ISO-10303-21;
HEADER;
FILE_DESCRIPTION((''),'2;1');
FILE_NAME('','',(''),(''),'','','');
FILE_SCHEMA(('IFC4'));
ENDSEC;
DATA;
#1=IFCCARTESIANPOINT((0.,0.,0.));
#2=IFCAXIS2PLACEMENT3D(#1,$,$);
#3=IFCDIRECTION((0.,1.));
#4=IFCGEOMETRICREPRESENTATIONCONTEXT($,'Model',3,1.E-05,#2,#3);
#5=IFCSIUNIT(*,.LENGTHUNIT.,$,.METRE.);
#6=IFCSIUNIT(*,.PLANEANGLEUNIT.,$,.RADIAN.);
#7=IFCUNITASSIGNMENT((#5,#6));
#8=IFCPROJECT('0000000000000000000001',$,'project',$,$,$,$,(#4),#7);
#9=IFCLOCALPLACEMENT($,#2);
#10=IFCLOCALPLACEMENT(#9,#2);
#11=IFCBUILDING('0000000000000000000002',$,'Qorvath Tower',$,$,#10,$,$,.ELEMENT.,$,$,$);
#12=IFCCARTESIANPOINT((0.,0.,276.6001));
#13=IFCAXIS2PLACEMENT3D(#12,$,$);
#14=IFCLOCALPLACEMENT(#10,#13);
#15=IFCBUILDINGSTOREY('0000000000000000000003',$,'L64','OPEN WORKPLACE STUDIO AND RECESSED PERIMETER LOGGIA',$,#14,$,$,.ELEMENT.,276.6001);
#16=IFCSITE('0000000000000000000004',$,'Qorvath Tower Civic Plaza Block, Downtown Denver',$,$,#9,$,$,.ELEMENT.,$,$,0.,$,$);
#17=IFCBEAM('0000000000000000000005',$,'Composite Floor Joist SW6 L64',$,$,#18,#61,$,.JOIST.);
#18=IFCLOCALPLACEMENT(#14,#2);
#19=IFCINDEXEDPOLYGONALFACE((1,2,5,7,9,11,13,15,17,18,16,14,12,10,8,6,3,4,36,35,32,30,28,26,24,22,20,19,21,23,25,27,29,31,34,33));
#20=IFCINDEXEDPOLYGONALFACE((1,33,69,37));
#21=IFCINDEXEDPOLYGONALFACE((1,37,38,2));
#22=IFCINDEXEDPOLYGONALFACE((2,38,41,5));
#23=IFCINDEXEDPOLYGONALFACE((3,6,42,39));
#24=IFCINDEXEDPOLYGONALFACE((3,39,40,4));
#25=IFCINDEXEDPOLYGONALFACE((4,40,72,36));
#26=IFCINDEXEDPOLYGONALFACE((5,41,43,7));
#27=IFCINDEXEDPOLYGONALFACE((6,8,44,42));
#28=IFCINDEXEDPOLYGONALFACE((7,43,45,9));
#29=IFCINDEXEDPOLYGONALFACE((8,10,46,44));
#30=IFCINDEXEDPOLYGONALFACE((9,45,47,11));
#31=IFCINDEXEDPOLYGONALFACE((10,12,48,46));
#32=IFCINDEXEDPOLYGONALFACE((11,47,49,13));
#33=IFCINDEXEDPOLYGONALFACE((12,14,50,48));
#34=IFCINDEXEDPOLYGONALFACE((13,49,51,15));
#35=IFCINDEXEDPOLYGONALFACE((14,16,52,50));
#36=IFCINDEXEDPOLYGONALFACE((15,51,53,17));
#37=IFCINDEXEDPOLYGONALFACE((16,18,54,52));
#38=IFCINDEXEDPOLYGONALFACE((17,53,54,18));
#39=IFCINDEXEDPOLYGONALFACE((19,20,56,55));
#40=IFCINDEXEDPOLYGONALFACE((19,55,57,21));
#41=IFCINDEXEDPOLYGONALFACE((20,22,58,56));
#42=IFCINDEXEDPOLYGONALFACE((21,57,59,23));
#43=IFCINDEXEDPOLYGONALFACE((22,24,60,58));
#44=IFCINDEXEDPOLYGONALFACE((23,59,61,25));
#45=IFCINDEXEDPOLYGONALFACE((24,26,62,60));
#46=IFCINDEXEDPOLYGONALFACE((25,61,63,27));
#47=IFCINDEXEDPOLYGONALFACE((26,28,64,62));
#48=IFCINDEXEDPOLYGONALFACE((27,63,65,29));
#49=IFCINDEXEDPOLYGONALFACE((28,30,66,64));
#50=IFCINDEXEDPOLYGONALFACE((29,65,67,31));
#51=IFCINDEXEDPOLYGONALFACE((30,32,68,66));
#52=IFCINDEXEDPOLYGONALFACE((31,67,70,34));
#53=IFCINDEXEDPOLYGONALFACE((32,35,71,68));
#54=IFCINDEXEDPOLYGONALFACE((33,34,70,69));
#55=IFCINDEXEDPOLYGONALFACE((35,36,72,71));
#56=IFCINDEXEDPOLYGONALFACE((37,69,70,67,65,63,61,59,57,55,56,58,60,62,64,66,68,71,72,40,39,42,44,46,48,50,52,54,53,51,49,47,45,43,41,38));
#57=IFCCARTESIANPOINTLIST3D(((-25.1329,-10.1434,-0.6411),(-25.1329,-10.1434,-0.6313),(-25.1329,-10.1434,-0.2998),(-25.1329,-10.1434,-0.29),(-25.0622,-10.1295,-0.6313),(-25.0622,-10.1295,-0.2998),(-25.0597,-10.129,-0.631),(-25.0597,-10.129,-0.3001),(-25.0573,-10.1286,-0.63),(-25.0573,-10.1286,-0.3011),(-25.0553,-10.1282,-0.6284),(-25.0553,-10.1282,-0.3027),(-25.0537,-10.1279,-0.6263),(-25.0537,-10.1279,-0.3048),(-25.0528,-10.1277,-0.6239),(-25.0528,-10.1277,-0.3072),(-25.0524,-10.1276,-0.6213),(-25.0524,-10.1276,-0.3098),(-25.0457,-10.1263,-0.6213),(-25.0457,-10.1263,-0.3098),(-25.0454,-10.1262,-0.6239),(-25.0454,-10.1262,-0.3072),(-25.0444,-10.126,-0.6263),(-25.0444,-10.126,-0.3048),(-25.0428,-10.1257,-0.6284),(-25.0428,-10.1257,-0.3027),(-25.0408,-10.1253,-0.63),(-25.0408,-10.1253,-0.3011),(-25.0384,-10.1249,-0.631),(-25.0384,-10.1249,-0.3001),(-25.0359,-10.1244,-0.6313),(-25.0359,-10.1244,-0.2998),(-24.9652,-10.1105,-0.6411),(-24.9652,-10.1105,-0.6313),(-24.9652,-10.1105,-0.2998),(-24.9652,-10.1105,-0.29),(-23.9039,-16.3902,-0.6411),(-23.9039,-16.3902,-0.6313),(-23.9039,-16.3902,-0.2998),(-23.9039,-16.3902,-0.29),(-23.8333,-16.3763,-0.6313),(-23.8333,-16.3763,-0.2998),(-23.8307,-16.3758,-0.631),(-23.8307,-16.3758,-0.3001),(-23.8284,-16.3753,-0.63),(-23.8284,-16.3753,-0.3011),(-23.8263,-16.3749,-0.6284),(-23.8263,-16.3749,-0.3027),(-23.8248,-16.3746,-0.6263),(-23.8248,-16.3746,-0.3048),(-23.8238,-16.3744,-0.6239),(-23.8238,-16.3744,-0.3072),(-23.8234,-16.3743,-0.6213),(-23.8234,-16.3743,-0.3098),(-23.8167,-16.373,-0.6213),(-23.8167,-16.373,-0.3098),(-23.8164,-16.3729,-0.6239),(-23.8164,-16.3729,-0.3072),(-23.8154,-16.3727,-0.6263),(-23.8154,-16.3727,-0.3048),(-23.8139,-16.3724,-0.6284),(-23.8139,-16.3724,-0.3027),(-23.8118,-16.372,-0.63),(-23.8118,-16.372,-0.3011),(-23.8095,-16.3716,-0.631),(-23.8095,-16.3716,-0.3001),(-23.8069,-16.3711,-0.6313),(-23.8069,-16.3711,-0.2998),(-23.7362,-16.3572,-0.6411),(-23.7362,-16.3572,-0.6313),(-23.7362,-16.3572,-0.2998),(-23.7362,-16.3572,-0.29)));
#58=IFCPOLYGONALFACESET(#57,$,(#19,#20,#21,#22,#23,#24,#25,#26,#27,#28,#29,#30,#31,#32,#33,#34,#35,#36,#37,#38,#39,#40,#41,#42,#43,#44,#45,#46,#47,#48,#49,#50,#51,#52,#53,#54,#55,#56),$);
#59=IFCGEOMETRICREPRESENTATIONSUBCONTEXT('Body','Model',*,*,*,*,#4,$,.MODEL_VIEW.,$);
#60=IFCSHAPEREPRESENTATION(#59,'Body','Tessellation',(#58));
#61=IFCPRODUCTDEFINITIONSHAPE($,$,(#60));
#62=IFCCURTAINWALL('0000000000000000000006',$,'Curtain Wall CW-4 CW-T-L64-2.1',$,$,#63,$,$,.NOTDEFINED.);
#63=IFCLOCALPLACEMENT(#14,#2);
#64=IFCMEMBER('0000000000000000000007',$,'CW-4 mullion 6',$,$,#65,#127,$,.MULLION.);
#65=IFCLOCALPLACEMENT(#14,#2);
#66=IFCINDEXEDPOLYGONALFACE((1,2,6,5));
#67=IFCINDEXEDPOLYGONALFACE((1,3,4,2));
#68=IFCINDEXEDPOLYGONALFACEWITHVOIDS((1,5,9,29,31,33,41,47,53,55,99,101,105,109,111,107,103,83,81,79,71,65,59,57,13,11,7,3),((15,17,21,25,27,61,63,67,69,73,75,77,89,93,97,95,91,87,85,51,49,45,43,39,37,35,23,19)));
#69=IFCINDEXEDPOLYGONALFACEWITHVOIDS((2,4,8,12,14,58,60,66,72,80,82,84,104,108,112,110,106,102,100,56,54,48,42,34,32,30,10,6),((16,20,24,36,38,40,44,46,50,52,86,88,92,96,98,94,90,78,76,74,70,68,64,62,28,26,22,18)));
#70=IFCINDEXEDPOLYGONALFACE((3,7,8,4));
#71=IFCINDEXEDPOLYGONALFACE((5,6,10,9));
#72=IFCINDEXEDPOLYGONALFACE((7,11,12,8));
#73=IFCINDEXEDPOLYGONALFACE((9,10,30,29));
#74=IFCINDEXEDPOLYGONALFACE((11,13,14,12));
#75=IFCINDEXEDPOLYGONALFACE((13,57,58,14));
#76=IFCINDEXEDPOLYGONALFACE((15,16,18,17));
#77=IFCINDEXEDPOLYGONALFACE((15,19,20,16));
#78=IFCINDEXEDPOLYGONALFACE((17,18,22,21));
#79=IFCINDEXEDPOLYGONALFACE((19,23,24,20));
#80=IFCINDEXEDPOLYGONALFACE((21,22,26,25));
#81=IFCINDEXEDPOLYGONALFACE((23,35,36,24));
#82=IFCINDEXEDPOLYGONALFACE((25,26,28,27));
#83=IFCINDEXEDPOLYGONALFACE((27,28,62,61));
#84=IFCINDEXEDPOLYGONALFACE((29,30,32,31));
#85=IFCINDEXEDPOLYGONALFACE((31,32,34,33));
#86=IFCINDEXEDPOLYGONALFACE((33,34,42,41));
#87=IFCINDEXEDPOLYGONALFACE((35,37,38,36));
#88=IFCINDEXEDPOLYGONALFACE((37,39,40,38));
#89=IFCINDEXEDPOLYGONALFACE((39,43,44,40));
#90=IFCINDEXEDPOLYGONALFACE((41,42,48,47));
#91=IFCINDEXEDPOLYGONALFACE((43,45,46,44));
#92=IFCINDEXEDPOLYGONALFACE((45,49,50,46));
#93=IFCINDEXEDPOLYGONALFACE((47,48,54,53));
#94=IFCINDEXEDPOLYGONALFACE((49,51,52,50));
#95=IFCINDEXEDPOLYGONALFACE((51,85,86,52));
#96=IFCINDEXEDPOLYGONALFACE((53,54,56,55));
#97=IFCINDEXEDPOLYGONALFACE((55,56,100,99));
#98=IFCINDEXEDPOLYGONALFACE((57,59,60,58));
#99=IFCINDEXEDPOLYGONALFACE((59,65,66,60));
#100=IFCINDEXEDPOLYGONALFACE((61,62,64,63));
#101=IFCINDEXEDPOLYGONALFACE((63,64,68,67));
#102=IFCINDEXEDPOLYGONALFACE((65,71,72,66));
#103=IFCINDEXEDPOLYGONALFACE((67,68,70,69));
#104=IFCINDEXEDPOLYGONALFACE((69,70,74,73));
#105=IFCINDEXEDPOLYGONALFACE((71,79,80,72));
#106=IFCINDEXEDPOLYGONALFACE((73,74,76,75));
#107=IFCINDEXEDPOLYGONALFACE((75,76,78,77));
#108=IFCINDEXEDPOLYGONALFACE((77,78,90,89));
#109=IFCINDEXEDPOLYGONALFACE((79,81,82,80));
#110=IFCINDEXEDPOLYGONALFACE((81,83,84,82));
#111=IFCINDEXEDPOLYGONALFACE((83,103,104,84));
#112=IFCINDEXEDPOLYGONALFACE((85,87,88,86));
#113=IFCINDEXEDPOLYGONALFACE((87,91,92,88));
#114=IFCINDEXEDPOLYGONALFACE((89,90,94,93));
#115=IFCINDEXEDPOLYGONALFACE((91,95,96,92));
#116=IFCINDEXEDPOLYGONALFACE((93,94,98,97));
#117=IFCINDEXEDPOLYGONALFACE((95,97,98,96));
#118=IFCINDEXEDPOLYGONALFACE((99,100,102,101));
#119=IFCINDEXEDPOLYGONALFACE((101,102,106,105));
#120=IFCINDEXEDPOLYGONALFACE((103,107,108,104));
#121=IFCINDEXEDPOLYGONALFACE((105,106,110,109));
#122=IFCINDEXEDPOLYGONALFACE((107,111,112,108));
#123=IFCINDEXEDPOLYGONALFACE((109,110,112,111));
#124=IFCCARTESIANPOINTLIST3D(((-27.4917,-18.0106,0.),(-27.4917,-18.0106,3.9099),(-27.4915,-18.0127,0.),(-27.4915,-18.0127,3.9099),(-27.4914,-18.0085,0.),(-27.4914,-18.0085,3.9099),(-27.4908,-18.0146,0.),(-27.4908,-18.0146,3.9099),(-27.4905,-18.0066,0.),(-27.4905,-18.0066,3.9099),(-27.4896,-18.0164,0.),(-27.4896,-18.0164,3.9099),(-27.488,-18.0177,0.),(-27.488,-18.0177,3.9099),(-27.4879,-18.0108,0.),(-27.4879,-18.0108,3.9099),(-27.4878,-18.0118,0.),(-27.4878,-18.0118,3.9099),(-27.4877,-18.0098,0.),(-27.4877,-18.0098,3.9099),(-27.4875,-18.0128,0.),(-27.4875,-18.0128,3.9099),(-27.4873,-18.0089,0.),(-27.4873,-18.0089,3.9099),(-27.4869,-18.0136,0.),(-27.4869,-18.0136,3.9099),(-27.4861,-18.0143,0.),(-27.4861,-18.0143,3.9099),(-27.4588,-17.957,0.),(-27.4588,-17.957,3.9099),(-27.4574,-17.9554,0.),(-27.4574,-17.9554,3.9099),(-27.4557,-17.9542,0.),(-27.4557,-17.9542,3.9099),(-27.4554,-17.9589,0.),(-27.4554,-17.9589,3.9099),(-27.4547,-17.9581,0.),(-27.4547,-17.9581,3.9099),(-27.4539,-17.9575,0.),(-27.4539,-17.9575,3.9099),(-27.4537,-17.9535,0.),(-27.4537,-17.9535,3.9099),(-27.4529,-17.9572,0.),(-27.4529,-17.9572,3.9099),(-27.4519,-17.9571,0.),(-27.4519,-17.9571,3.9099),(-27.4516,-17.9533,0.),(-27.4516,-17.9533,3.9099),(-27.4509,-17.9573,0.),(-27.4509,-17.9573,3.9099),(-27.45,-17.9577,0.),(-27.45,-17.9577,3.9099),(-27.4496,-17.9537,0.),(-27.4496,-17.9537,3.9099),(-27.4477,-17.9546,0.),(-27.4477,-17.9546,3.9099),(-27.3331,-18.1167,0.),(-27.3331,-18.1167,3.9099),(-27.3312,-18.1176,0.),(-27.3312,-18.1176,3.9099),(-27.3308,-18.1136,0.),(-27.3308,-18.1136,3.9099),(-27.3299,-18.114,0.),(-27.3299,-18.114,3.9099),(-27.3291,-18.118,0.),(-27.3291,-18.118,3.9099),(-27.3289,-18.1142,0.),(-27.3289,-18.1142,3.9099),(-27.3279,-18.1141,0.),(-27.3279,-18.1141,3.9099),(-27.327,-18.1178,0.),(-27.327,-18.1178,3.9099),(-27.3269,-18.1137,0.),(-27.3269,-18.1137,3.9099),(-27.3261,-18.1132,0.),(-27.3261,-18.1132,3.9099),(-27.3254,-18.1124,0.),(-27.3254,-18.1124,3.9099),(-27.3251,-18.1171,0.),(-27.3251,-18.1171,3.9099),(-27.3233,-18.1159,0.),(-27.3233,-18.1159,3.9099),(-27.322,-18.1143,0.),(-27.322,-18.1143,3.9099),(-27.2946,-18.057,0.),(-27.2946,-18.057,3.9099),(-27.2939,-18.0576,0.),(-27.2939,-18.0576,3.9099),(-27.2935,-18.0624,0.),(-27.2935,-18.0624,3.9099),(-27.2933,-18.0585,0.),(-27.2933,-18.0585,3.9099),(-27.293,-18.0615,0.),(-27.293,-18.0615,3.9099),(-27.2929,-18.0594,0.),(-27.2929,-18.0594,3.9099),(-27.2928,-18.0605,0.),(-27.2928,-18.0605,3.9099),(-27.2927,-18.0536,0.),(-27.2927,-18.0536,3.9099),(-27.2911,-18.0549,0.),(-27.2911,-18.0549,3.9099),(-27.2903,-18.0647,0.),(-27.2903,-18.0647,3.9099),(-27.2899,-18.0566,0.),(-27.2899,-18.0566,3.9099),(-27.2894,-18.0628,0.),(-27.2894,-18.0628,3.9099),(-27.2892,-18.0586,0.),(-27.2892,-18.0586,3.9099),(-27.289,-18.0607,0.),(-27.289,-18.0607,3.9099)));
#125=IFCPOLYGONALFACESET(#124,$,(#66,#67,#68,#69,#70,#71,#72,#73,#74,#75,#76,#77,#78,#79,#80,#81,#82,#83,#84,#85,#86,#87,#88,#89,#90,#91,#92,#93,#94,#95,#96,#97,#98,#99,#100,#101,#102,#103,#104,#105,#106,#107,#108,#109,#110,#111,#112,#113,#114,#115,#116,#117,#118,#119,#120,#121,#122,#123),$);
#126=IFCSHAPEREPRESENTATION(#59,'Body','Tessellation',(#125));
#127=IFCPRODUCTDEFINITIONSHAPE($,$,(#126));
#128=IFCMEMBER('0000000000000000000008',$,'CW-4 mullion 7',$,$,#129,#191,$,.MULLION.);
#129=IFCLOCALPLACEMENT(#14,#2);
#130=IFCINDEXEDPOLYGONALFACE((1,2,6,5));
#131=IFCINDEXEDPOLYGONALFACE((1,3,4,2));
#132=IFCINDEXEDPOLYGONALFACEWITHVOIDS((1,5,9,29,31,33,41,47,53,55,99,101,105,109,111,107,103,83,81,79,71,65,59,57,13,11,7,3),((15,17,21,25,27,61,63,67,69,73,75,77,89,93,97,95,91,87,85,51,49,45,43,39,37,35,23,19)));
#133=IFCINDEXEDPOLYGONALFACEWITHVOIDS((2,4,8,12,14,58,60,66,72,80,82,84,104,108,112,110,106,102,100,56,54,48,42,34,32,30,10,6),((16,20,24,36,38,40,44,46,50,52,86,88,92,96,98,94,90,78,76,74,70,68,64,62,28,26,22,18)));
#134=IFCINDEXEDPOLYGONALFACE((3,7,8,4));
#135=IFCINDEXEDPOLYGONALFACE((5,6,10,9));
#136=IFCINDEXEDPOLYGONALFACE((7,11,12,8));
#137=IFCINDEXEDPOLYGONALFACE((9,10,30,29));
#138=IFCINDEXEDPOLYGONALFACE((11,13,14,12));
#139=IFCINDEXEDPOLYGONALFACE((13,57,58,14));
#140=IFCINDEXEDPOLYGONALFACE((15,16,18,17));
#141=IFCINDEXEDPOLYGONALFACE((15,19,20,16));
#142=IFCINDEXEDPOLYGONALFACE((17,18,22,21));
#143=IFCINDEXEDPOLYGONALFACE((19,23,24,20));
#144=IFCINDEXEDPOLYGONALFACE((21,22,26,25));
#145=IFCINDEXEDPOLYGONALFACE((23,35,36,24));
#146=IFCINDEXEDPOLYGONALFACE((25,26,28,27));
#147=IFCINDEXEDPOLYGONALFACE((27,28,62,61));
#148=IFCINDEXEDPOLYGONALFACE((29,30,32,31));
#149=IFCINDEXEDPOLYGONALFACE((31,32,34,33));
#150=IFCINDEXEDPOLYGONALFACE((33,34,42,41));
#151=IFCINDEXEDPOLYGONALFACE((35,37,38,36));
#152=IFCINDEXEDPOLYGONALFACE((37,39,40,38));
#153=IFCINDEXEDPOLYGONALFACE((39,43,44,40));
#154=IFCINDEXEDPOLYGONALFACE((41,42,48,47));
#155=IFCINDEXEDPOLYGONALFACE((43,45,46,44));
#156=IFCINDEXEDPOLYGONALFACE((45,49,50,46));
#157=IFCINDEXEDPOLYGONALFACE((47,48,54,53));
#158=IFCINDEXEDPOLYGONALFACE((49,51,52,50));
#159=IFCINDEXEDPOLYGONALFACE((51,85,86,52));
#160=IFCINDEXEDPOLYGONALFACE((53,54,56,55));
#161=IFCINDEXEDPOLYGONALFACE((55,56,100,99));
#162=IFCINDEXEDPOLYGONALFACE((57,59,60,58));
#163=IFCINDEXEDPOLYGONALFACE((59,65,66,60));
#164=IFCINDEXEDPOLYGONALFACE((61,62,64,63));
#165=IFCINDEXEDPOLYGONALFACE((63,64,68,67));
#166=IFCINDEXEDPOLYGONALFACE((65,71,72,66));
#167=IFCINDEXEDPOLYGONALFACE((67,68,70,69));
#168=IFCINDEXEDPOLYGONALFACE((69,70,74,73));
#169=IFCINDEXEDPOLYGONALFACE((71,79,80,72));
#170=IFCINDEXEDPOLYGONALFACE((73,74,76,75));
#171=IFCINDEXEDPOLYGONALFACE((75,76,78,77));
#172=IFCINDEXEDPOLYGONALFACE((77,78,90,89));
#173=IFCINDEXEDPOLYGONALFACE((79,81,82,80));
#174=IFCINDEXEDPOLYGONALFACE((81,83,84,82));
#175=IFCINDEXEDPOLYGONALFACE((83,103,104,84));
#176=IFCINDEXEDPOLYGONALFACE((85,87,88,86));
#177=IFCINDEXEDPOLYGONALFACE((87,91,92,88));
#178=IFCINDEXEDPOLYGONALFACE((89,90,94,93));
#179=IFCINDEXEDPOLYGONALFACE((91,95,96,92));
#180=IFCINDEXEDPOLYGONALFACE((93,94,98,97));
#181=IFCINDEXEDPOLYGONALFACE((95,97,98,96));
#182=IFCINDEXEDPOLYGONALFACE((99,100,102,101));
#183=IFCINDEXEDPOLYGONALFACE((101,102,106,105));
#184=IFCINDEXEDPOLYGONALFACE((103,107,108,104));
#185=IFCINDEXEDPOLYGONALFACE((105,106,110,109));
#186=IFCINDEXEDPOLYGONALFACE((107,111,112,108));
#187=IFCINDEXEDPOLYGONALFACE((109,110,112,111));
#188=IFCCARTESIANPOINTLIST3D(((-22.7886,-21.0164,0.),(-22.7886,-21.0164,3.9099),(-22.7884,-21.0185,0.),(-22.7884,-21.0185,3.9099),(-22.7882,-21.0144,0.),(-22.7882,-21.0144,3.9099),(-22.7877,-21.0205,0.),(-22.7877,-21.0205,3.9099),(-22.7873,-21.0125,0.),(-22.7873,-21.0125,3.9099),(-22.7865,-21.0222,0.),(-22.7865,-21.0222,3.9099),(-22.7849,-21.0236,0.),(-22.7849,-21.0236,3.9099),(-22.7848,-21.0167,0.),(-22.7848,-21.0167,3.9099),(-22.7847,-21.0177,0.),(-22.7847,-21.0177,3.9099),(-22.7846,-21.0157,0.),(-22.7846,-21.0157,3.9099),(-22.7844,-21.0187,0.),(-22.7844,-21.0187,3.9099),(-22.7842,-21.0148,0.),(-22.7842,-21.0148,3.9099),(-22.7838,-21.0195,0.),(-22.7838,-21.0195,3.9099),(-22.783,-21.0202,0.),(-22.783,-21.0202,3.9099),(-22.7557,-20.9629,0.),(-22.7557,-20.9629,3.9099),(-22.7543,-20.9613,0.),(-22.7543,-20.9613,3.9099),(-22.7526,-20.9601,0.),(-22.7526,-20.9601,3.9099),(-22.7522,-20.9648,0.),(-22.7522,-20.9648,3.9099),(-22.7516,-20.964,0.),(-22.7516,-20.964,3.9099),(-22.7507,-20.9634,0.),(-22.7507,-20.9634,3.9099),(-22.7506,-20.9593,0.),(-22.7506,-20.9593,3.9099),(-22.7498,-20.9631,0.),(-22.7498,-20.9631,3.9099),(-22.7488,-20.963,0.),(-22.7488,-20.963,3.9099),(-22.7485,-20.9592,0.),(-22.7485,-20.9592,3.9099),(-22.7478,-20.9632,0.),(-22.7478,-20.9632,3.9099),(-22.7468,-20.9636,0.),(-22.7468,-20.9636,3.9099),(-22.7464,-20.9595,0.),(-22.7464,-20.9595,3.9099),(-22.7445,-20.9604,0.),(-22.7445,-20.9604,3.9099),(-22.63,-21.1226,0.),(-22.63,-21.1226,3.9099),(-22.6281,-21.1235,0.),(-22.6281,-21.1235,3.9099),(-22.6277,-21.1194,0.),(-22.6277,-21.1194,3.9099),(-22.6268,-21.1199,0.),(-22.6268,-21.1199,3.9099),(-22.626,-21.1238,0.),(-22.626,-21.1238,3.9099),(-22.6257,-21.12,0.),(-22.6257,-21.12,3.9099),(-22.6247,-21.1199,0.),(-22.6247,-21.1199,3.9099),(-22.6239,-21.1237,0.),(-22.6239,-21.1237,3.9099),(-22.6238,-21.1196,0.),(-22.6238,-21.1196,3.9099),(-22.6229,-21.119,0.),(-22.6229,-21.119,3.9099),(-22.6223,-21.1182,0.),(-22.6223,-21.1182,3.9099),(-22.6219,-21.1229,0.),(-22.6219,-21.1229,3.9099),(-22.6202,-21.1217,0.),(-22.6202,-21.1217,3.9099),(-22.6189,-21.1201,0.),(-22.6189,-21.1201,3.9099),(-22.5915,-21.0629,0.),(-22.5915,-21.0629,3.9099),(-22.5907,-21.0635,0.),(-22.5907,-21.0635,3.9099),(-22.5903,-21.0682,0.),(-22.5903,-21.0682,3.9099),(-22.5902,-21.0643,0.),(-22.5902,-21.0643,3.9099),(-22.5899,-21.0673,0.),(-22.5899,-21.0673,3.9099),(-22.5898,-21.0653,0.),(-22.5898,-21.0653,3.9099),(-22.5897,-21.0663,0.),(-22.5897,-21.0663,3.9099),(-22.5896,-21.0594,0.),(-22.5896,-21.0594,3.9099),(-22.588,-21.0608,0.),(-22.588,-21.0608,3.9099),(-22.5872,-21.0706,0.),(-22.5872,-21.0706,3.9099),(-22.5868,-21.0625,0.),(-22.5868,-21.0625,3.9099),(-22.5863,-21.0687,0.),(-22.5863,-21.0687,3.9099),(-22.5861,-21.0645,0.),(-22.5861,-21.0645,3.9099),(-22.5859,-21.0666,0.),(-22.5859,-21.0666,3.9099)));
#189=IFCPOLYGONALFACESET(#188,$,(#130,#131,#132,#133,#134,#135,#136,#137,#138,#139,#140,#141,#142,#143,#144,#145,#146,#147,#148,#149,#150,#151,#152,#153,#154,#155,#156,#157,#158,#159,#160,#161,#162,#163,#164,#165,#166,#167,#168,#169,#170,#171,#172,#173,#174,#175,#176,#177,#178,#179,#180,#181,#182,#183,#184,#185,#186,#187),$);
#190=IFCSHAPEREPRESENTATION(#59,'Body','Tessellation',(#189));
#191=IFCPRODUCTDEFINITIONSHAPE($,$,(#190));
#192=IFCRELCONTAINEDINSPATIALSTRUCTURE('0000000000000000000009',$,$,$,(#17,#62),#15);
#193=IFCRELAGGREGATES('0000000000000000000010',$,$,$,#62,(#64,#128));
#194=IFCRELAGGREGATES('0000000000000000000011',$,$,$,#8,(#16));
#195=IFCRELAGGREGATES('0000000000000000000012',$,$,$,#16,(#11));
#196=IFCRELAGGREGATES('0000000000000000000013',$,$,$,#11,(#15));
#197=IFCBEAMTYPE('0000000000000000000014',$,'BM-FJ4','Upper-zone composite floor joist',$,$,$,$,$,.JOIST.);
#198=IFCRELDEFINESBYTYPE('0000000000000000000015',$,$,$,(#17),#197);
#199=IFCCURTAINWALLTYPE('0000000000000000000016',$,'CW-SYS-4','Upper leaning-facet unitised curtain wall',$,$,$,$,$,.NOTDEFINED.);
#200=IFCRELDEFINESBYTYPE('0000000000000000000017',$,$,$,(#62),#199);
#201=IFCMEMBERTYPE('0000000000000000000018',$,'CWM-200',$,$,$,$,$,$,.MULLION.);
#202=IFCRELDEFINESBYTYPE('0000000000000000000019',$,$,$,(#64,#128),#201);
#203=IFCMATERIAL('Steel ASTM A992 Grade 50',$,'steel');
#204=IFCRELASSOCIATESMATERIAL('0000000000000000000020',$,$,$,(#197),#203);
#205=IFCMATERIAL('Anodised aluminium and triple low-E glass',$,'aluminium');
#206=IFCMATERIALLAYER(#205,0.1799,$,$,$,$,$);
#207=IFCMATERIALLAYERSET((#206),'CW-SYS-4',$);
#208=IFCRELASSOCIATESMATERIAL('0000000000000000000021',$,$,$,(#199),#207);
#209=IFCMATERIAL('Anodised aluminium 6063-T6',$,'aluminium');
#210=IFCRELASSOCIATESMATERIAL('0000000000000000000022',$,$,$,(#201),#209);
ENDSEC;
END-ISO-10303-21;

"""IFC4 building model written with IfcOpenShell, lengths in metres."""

from ifc_helpers import new_model, si_unit, direction, frame, origin, origin_2d, place, context, subcontext, project, spatial, hollow_rectangle, i_section, extrude, material, layer, layer_set, material_profile, profile_set, type_object, element, aggregate, save


model = new_model("IFC4")

# Units and contexts
model_context = context("Model", 3, precision=1e-05, world=origin(), true_north=direction((0.0, 1.0)))
body_context = subcontext(model_context, "Body", "Model", "MODEL_VIEW")
ifc_project = project(units=[si_unit("LENGTHUNIT", "METRE"), si_unit("PLANEANGLEUNIT", "RADIAN")], contexts=[model_context])

# Site, building, storey
site_placement = place(None, origin())
site = spatial("IfcSite", under=ifc_project, at=site_placement, Name="Qorvath Tower Civic Plaza Block, Downtown Denver", CompositionType="ELEMENT", RefElevation=0.0)
building_placement = place(site_placement, origin())
building = spatial("IfcBuilding", under=site, at=building_placement, Name="Qorvath Tower", CompositionType="ELEMENT")
storey_placement = place(building_placement, frame((0.0, 0.0, 276.6001)))
storey = spatial("IfcBuildingStorey", under=building, at=storey_placement, Name="L64", Description="OPEN WORKPLACE STUDIO AND RECESSED PERIMETER LOGGIA", CompositionType="ELEMENT", Elevation=276.6001)

# Beam
ifc_material_1 = material(Name="Steel ASTM A992 Grade 50", Category="steel")
ifc_material_profile_1 = material_profile(ifc_material_1, i_section(OverallWidth=0.1709, OverallDepth=0.3511, WebThickness=0.0068, FlangeThickness=0.0098, FilletRadius=0.01, at=origin_2d()), Name="W14x30")
ifc_profile_set_1 = profile_set([ifc_material_profile_1], Name="Steel ASTM A992 Grade 50")
beam_type_1 = type_object("IfcBeamType", Name="BM-FJ4", Description="Upper-zone composite floor joist", PredefinedType="JOIST", material=ifc_profile_set_1)
beam_1_placement = place(storey_placement, frame((-25.0491, -10.127, -0.4656), z_axis=(0.19304, -0.981191, 0.0), x_axis=(0.981191, 0.19304, 0.0)))
element("IfcBeam", 1, at=beam_1_placement, inside=storey, type_object=beam_type_1, Name="Composite Floor Joist SW6 L64", PredefinedType="JOIST", context=body_context, shape_type="SweptSolid", body=[
    extrude(i_section(OverallWidth=0.1709, OverallDepth=0.3511, WebThickness=0.0068, FlangeThickness=0.0098, FilletRadius=0.01, at=origin_2d()), origin(), (0.0, 0.0, 1.0), 6.3665),
])

# Curtain wall, members
ifc_material_2 = material(Name="Anodised aluminium and triple low-E glass", Category="aluminium")
ifc_layer_1 = layer(ifc_material_2, 0.1799)
ifc_layer_set_1 = layer_set([ifc_layer_1], Name="CW-SYS-4")
curtain_wall_type = type_object("IfcCurtainWallType", Name="CW-SYS-4", Description="Upper leaning-facet unitised curtain wall", PredefinedType="NOTDEFINED", material=ifc_layer_set_1)
curtain_wall_placement = place(storey_placement, origin())
curtain_wall = element("IfcCurtainWall", 2, at=curtain_wall_placement, inside=storey, type_object=curtain_wall_type, Name="Curtain Wall CW-4 CW-T-L64-2.1", PredefinedType="NOTDEFINED")
ifc_material_3 = material(Name="Anodised aluminium 6063-T6", Category="aluminium")
ifc_material_profile_2 = material_profile(ifc_material_3, hollow_rectangle(XDim=0.075, YDim=0.2, WallThickness=0.0039, InnerFilletRadius=0.0039, OuterFilletRadius=0.0081, at=origin_2d()), Name="CWM 200x75")
ifc_profile_set_2 = profile_set([ifc_material_profile_2], Name="Anodised aluminium 6063-T6")
member_type_1 = type_object("IfcMemberType", Name="CWM-200", PredefinedType="MULLION", material=ifc_profile_set_2)
member_1_placement = place(storey_placement, frame((-27.3904, -18.0356, 0.0), z_axis=(0.0, 0.0, 1.0), x_axis=(0.538534, 0.842604, 0.0)))
member_1 = element("IfcMember", 3, at=member_1_placement, type_object=member_type_1, Name="CW-4 mullion 6", PredefinedType="MULLION", context=body_context, shape_type="SweptSolid", body=[
    extrude(hollow_rectangle(XDim=0.075, YDim=0.2, WallThickness=0.0039, InnerFilletRadius=0.0039, OuterFilletRadius=0.0081, at=origin_2d()), origin(), (0.0, 0.0, 1.0), 3.9099),
])
member_2_placement = place(storey_placement, frame((-22.6873, -21.0415, 0.0), z_axis=(0.0, 0.0, 1.0), x_axis=(0.538534, 0.842604, 0.0)))
member_2 = element("IfcMember", 4, at=member_2_placement, type_object=member_type_1, Name="CW-4 mullion 7", PredefinedType="MULLION", context=body_context, shape_type="SweptSolid", body=[
    extrude(hollow_rectangle(XDim=0.075, YDim=0.2, WallThickness=0.0039, InnerFilletRadius=0.0039, OuterFilletRadius=0.0081, at=origin_2d()), origin(), (0.0, 0.0, 1.0), 3.9099),
])
aggregate(curtain_wall, [member_1, member_2])

save(model, "model.ifc")
